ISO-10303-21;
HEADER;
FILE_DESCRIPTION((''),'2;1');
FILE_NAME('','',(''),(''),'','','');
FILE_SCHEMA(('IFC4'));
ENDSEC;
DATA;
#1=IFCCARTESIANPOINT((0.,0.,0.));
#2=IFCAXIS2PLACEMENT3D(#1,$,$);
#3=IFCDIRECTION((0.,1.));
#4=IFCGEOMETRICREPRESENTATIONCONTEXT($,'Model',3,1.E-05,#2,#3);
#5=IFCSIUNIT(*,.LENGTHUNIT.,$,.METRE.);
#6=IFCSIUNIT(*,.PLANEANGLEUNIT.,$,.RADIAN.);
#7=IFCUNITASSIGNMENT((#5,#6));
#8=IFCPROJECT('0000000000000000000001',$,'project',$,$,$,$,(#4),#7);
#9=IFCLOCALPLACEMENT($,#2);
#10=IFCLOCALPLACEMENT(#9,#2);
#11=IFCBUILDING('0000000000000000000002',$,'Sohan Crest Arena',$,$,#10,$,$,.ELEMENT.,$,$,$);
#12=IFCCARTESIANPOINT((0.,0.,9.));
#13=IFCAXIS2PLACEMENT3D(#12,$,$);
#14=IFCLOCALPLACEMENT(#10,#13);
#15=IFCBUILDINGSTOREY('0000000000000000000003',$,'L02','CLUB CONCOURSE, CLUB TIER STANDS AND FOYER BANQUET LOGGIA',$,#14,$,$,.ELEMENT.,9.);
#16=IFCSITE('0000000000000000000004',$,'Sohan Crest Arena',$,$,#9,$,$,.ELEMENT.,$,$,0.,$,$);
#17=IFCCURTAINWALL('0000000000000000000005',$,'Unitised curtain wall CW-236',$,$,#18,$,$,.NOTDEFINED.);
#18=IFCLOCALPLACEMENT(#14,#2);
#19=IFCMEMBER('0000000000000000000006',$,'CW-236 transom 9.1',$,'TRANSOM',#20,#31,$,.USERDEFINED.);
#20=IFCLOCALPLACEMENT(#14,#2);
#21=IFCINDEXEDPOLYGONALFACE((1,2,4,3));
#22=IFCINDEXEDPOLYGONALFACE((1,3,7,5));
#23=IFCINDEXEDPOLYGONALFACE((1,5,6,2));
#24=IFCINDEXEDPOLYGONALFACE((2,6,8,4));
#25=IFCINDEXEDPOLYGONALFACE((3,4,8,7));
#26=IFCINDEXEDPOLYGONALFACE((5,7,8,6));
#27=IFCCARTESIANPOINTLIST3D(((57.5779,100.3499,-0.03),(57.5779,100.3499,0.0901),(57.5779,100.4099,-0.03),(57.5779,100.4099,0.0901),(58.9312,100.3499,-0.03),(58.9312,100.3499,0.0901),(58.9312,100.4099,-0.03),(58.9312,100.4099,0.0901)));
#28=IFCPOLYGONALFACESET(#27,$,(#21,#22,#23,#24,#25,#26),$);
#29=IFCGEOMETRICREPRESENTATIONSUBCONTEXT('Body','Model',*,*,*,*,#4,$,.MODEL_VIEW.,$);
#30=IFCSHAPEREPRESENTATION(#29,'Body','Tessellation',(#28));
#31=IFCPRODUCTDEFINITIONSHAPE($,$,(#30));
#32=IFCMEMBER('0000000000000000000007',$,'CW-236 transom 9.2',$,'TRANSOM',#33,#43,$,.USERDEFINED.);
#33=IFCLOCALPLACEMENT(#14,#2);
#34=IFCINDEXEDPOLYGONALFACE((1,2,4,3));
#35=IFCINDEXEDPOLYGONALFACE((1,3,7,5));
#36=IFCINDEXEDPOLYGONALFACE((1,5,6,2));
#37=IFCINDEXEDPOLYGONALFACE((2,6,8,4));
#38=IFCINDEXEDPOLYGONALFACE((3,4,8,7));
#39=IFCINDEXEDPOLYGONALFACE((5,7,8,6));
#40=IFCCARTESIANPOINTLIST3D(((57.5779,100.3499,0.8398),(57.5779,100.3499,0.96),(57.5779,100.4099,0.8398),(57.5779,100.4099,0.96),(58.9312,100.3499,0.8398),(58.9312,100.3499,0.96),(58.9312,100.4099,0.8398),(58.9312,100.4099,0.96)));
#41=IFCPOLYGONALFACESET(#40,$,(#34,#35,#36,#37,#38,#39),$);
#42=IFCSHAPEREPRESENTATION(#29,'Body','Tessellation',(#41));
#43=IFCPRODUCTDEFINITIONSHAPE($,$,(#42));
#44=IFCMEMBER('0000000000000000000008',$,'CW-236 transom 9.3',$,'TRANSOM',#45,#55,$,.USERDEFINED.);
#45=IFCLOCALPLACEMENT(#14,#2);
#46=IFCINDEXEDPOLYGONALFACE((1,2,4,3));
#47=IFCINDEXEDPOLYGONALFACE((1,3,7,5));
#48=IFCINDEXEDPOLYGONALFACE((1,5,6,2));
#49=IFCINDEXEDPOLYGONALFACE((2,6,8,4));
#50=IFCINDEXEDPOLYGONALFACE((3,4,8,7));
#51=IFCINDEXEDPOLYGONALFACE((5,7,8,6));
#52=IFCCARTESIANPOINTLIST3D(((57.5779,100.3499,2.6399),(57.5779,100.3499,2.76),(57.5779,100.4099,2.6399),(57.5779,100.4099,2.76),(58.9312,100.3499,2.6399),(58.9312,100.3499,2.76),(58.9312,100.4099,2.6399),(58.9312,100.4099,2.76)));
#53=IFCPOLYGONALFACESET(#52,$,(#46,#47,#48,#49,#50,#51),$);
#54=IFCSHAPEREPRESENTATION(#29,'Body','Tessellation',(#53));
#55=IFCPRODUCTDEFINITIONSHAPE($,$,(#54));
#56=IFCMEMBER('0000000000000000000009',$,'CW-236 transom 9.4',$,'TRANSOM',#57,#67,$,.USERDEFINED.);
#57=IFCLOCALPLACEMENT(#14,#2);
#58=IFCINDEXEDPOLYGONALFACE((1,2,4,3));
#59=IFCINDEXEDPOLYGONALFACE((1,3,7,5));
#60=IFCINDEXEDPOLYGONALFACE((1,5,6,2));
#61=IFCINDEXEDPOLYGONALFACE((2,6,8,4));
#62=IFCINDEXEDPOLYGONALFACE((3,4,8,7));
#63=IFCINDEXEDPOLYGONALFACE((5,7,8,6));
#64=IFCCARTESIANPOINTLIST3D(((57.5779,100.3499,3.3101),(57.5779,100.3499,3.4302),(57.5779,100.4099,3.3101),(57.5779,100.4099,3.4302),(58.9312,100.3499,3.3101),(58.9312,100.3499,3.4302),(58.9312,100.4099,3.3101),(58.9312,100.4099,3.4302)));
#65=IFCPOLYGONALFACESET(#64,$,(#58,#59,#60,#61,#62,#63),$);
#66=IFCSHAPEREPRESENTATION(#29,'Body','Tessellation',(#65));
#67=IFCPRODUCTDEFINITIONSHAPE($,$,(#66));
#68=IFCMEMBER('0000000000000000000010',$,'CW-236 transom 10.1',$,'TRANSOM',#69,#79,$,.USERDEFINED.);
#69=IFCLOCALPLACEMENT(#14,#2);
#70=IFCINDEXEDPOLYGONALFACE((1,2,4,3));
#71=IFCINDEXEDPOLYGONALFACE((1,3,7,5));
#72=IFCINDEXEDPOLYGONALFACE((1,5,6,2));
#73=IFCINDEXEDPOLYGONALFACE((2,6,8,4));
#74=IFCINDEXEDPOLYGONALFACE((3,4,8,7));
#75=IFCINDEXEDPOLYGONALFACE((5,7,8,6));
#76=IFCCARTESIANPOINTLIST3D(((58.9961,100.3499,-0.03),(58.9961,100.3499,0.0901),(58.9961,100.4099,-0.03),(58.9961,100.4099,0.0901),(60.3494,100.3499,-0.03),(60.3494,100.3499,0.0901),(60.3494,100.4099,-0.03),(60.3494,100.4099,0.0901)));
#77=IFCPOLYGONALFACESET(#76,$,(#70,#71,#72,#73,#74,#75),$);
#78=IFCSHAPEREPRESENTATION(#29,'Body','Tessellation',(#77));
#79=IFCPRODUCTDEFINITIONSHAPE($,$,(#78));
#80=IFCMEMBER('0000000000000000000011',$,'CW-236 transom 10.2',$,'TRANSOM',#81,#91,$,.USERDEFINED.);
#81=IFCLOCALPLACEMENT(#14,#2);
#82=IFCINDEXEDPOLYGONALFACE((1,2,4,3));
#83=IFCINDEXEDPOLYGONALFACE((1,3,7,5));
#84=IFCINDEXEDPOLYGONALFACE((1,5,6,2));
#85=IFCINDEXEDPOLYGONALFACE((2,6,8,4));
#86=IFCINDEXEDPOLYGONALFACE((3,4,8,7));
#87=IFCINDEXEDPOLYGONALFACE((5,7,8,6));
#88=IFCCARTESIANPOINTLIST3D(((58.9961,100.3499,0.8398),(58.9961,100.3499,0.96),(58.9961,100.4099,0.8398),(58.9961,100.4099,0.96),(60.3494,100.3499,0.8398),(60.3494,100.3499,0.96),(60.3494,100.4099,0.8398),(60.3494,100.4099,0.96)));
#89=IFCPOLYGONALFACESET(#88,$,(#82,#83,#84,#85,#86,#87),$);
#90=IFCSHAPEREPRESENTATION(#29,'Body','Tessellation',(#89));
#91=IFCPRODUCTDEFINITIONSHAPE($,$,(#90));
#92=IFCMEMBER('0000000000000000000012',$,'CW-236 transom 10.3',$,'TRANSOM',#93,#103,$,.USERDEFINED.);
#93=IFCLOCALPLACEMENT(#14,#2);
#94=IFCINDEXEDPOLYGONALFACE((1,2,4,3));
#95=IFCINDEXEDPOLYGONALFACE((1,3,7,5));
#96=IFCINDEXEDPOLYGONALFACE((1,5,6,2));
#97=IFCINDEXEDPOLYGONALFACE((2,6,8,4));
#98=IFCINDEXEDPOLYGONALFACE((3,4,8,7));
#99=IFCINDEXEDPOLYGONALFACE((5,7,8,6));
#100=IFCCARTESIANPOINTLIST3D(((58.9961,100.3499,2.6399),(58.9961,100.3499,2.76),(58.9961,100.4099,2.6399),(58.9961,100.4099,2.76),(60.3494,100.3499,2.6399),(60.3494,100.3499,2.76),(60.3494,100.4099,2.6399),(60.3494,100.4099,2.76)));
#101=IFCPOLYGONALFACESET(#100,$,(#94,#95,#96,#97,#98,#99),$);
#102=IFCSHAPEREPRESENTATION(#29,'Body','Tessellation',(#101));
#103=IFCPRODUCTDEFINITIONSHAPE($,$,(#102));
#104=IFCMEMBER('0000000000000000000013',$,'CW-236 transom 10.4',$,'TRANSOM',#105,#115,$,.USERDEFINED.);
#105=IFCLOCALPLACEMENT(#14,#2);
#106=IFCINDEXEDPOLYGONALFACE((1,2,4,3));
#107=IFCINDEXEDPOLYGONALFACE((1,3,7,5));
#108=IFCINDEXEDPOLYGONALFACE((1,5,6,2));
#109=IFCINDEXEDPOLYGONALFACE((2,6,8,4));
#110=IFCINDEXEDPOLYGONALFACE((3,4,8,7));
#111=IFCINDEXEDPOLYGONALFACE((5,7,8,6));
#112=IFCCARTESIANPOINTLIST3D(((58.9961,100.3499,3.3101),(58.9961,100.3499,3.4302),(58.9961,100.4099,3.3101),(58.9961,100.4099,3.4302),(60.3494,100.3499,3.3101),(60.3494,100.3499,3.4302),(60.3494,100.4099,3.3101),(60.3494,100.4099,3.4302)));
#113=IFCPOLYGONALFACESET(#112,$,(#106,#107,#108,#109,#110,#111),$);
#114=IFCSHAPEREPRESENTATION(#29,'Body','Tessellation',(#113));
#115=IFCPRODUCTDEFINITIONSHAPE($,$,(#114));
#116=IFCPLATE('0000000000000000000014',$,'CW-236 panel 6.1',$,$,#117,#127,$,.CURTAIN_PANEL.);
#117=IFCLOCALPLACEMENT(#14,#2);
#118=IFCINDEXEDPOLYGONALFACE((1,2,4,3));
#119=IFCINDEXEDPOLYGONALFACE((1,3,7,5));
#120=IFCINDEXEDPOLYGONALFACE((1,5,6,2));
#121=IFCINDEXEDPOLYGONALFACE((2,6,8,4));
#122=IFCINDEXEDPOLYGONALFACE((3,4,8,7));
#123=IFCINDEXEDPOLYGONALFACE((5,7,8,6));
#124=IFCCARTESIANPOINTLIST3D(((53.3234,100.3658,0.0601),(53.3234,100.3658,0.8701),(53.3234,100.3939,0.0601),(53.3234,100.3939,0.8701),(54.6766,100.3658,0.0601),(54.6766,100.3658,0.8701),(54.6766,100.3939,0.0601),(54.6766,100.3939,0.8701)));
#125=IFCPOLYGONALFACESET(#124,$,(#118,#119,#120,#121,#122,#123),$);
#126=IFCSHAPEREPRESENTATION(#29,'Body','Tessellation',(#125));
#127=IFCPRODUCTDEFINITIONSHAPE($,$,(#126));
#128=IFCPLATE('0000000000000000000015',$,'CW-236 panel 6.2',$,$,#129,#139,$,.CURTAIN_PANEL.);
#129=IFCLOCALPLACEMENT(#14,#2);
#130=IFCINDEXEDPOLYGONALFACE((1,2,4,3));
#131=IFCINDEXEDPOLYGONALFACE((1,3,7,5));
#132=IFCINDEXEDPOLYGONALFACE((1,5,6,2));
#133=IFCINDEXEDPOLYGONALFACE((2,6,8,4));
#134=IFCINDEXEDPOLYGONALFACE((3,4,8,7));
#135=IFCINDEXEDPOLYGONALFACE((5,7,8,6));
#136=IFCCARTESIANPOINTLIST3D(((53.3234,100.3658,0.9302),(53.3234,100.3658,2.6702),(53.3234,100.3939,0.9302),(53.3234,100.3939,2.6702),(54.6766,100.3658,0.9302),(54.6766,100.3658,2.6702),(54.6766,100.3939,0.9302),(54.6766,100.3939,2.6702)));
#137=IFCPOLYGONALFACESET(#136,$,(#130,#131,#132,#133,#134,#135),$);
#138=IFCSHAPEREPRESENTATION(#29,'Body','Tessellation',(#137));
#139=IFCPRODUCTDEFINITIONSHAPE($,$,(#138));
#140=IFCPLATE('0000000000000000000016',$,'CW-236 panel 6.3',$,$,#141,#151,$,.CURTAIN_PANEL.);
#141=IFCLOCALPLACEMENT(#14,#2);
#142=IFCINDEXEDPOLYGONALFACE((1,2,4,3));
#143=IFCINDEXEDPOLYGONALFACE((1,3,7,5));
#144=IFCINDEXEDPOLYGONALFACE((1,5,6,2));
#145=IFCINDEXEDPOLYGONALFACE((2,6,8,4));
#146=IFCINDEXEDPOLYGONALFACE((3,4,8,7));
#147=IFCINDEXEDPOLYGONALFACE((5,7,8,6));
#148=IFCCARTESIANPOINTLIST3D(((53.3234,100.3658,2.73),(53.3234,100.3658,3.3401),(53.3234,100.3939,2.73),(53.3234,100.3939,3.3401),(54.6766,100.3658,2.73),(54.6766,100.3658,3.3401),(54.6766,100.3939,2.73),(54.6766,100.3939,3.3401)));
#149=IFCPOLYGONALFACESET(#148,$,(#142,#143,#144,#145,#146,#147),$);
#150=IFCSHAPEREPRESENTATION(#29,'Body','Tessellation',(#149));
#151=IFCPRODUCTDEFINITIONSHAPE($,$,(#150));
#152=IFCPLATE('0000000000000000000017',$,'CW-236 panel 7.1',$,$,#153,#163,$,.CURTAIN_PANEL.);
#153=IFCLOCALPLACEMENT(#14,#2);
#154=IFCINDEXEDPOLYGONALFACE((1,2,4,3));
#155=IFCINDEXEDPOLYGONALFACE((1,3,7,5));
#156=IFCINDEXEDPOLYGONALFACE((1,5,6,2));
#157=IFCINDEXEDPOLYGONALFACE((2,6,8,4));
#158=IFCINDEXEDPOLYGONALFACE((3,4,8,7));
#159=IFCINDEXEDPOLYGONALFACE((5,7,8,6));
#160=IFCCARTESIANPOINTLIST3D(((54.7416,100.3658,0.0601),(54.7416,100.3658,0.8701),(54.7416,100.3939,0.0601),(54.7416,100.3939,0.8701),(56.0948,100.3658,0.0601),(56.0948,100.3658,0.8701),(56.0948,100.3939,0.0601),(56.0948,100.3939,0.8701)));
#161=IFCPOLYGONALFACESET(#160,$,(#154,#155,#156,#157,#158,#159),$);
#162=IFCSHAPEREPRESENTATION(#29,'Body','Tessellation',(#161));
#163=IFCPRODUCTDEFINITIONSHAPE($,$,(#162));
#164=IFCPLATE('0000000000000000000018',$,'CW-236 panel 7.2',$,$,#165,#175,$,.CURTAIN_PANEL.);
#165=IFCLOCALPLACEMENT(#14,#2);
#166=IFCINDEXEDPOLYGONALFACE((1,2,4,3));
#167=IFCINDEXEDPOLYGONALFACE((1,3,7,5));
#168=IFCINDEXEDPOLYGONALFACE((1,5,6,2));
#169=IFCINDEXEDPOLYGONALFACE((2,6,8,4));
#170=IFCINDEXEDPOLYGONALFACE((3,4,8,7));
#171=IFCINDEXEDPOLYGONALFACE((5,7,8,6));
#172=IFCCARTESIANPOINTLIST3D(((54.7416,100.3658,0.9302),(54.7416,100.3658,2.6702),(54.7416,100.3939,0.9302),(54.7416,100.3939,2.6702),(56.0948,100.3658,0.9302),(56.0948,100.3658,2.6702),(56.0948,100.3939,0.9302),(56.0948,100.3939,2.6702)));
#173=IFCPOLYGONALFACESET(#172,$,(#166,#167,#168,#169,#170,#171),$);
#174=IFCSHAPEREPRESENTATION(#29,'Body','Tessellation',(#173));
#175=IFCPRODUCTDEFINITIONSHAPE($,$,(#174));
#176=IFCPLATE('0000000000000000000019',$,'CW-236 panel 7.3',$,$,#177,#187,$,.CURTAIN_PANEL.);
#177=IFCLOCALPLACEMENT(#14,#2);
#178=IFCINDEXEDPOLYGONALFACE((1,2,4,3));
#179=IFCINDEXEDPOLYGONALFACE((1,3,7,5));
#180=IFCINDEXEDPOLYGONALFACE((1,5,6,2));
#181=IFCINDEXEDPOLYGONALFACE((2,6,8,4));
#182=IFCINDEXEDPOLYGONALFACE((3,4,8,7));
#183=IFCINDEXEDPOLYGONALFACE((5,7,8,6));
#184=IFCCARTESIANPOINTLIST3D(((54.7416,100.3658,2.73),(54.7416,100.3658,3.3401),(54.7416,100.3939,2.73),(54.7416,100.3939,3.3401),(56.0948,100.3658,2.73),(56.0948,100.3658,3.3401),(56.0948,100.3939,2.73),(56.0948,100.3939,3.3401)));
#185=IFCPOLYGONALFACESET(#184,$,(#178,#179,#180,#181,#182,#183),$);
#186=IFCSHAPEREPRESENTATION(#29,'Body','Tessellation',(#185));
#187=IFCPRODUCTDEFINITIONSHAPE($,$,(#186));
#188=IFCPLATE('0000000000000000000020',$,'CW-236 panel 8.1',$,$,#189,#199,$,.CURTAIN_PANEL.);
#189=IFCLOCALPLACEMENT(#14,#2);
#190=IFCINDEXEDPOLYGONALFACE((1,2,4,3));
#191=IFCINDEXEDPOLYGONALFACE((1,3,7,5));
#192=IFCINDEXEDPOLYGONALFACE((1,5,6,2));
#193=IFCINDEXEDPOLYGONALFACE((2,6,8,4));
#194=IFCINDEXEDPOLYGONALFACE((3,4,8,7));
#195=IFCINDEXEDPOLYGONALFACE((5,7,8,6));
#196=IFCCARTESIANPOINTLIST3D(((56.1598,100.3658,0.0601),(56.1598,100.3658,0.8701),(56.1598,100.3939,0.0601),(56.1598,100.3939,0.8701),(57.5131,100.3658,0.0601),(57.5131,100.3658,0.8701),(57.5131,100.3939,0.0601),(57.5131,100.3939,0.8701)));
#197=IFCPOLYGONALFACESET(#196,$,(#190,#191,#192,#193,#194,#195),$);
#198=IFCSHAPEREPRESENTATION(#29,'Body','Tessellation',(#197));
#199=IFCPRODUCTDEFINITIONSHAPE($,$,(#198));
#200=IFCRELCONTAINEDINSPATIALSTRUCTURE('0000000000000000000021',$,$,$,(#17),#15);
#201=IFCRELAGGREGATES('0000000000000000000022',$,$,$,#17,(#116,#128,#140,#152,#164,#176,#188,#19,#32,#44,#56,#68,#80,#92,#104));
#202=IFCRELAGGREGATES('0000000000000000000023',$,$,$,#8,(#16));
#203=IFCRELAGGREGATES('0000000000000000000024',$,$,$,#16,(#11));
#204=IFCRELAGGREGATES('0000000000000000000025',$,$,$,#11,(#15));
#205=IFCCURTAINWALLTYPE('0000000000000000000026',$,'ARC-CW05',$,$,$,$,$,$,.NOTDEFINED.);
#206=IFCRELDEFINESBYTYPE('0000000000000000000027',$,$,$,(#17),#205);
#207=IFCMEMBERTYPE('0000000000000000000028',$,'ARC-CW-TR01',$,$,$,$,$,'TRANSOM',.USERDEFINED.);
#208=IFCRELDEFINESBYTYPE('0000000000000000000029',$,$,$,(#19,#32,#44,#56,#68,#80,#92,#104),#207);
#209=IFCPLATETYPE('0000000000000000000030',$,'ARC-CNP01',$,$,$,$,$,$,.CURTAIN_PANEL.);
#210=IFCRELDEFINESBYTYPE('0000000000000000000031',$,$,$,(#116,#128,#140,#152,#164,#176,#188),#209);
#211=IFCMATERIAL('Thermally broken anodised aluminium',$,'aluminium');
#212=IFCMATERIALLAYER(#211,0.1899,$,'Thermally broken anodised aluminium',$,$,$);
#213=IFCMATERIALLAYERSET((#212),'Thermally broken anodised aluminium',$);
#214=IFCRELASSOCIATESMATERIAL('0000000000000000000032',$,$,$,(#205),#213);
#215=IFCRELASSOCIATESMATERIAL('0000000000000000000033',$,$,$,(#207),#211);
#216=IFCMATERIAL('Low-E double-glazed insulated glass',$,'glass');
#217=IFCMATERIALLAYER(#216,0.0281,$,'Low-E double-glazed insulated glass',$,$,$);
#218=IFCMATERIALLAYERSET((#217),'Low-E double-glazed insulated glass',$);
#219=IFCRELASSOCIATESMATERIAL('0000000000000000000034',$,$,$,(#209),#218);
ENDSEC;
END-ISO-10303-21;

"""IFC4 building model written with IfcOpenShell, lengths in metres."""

from ifc_helpers import new_model, si_unit, direction, frame, origin, origin_2d, place, context, subcontext, project, spatial, rectangle, extrude, material, layer, layer_set, material_profile, profile_set, type_object, element, aggregate, save


model = new_model("IFC4")

# Units and contexts
model_context = context("Model", 3, precision=1e-05, world=origin(), true_north=direction((0.0, 1.0)))
body_context = subcontext(model_context, "Body", "Model", "MODEL_VIEW")
ifc_project = project(units=[si_unit("LENGTHUNIT", "METRE"), si_unit("PLANEANGLEUNIT", "RADIAN")], contexts=[model_context])

# Site, building, storey
site_placement = place(None, origin())
site = spatial("IfcSite", under=ifc_project, at=site_placement, Name="Sohan Crest Arena", CompositionType="ELEMENT", RefElevation=0.0)
building_placement = place(site_placement, origin())
building = spatial("IfcBuilding", under=site, at=building_placement, Name="Sohan Crest Arena", CompositionType="ELEMENT")
storey_placement = place(building_placement, frame((0.0, 0.0, 9.0)))
storey = spatial("IfcBuildingStorey", under=building, at=storey_placement, Name="L02", Description="CLUB CONCOURSE, CLUB TIER STANDS AND FOYER BANQUET LOGGIA", CompositionType="ELEMENT", Elevation=9.0)

# Curtain wall, members, plates
ifc_material_1 = material(Name="Thermally broken anodised aluminium", Category="aluminium")
ifc_layer_1 = layer(ifc_material_1, 0.1899, Name="Thermally broken anodised aluminium")
ifc_layer_set_1 = layer_set([ifc_layer_1], Name="Thermally broken anodised aluminium")
curtain_wall_type = type_object("IfcCurtainWallType", Name="ARC-CW05", PredefinedType="NOTDEFINED", material=ifc_layer_set_1)
curtain_wall_placement = place(storey_placement, origin())
curtain_wall = element("IfcCurtainWall", 1, at=curtain_wall_placement, inside=storey, type_object=curtain_wall_type, Name="Unitised curtain wall CW-236", PredefinedType="NOTDEFINED")
ifc_material_profile_1 = material_profile(ifc_material_1, rectangle(XDim=0.0601, YDim=0.1201, at=origin_2d()), Name="ALU-TRAN 60x120")
ifc_profile_set_1 = profile_set([ifc_material_profile_1], Name="Thermally broken anodised aluminium")
member_type_1 = type_object("IfcMemberType", Name="ARC-CW-TR01", ElementType="TRANSOM", PredefinedType="USERDEFINED", material=ifc_profile_set_1)
member_1_placement = place(storey_placement, frame((57.5779, 100.3799, 0.03), z_axis=(1.0, 0.0, 0.0), x_axis=(0.0, 1.0, 0.0)))
member_1 = element("IfcMember", 2, at=member_1_placement, type_object=member_type_1, Name="CW-236 transom 9.1", ObjectType="TRANSOM", PredefinedType="USERDEFINED", context=body_context, shape_type="SweptSolid", body=[
    extrude(rectangle(XDim=0.0601, YDim=0.1201, at=origin_2d()), origin(), (0.0, 0.0, 1.0), 1.3533),
])
member_2_placement = place(storey_placement, frame((57.5779, 100.3799, 0.8999), z_axis=(1.0, 0.0, 0.0), x_axis=(0.0, 1.0, 0.0)))
member_2 = element("IfcMember", 3, at=member_2_placement, type_object=member_type_1, Name="CW-236 transom 9.2", ObjectType="TRANSOM", PredefinedType="USERDEFINED", context=body_context, shape_type="SweptSolid", body=[
    extrude(rectangle(XDim=0.0601, YDim=0.1201, at=origin_2d()), origin(), (0.0, 0.0, 1.0), 1.3533),
])
member_3_placement = place(storey_placement, frame((57.5779, 100.3799, 2.7), z_axis=(1.0, 0.0, 0.0), x_axis=(0.0, 1.0, 0.0)))
member_3 = element("IfcMember", 4, at=member_3_placement, type_object=member_type_1, Name="CW-236 transom 9.3", ObjectType="TRANSOM", PredefinedType="USERDEFINED", context=body_context, shape_type="SweptSolid", body=[
    extrude(rectangle(XDim=0.0601, YDim=0.1201, at=origin_2d()), origin(), (0.0, 0.0, 1.0), 1.3533),
])
member_4_placement = place(storey_placement, frame((57.5779, 100.3799, 3.3701), z_axis=(1.0, 0.0, 0.0), x_axis=(0.0, 1.0, 0.0)))
member_4 = element("IfcMember", 5, at=member_4_placement, type_object=member_type_1, Name="CW-236 transom 9.4", ObjectType="TRANSOM", PredefinedType="USERDEFINED", context=body_context, shape_type="SweptSolid", body=[
    extrude(rectangle(XDim=0.0601, YDim=0.1201, at=origin_2d()), origin(), (0.0, 0.0, 1.0), 1.3533),
])
member_5_placement = place(storey_placement, frame((58.9961, 100.3799, 0.03), z_axis=(1.0, 0.0, 0.0), x_axis=(0.0, 1.0, 0.0)))
member_5 = element("IfcMember", 6, at=member_5_placement, type_object=member_type_1, Name="CW-236 transom 10.1", ObjectType="TRANSOM", PredefinedType="USERDEFINED", context=body_context, shape_type="SweptSolid", body=[
    extrude(rectangle(XDim=0.0601, YDim=0.1201, at=origin_2d()), origin(), (0.0, 0.0, 1.0), 1.3533),
])
member_6_placement = place(storey_placement, frame((58.9961, 100.3799, 0.8999), z_axis=(1.0, 0.0, 0.0), x_axis=(0.0, 1.0, 0.0)))
member_6 = element("IfcMember", 7, at=member_6_placement, type_object=member_type_1, Name="CW-236 transom 10.2", ObjectType="TRANSOM", PredefinedType="USERDEFINED", context=body_context, shape_type="SweptSolid", body=[
    extrude(rectangle(XDim=0.0601, YDim=0.1201, at=origin_2d()), origin(), (0.0, 0.0, 1.0), 1.3533),
])
member_7_placement = place(storey_placement, frame((58.9961, 100.3799, 2.7), z_axis=(1.0, 0.0, 0.0), x_axis=(0.0, 1.0, 0.0)))
member_7 = element("IfcMember", 8, at=member_7_placement, type_object=member_type_1, Name="CW-236 transom 10.3", ObjectType="TRANSOM", PredefinedType="USERDEFINED", context=body_context, shape_type="SweptSolid", body=[
    extrude(rectangle(XDim=0.0601, YDim=0.1201, at=origin_2d()), origin(), (0.0, 0.0, 1.0), 1.3533),
])
member_8_placement = place(storey_placement, frame((58.9961, 100.3799, 3.3701), z_axis=(1.0, 0.0, 0.0), x_axis=(0.0, 1.0, 0.0)))
member_8 = element("IfcMember", 9, at=member_8_placement, type_object=member_type_1, Name="CW-236 transom 10.4", ObjectType="TRANSOM", PredefinedType="USERDEFINED", context=body_context, shape_type="SweptSolid", body=[
    extrude(rectangle(XDim=0.0601, YDim=0.1201, at=origin_2d()), origin(), (0.0, 0.0, 1.0), 1.3533),
])
ifc_material_2 = material(Name="Low-E double-glazed insulated glass", Category="glass")
ifc_layer_2 = layer(ifc_material_2, 0.0281, Name="Low-E double-glazed insulated glass")
ifc_layer_set_2 = layer_set([ifc_layer_2], Name="Low-E double-glazed insulated glass")
plate_type = type_object("IfcPlateType", Name="ARC-CNP01", PredefinedType="CURTAIN_PANEL", material=ifc_layer_set_2)
plate_1_placement = place(storey_placement, frame((54.0, 100.3799, 0.0601), z_axis=(0.0, 0.0, 1.0), x_axis=(1.0, 0.0, 0.0)))
plate_1 = element("IfcPlate", 10, at=plate_1_placement, type_object=plate_type, Name="CW-236 panel 6.1", PredefinedType="CURTAIN_PANEL", context=body_context, shape_type="SweptSolid", body=[
    extrude(rectangle(XDim=1.3533, YDim=0.0281, at=origin_2d()), origin(), (0.0, 0.0, 1.0), 0.8101),
])
plate_2_placement = place(storey_placement, frame((54.0, 100.3799, 0.9302), z_axis=(0.0, 0.0, 1.0), x_axis=(1.0, 0.0, 0.0)))
plate_2 = element("IfcPlate", 11, at=plate_2_placement, type_object=plate_type, Name="CW-236 panel 6.2", PredefinedType="CURTAIN_PANEL", context=body_context, shape_type="SweptSolid", body=[
    extrude(rectangle(XDim=1.3533, YDim=0.0281, at=origin_2d()), origin(), (0.0, 0.0, 1.0), 1.74),
])
plate_3_placement = place(storey_placement, frame((54.0, 100.3799, 2.73), z_axis=(0.0, 0.0, 1.0), x_axis=(1.0, 0.0, 0.0)))
plate_3 = element("IfcPlate", 12, at=plate_3_placement, type_object=plate_type, Name="CW-236 panel 6.3", PredefinedType="CURTAIN_PANEL", context=body_context, shape_type="SweptSolid", body=[
    extrude(rectangle(XDim=1.3533, YDim=0.0281, at=origin_2d()), origin(), (0.0, 0.0, 1.0), 0.6101),
])
plate_4_placement = place(storey_placement, frame((55.4182, 100.3799, 0.0601), z_axis=(0.0, 0.0, 1.0), x_axis=(1.0, 0.0, 0.0)))
plate_4 = element("IfcPlate", 13, at=plate_4_placement, type_object=plate_type, Name="CW-236 panel 7.1", PredefinedType="CURTAIN_PANEL", context=body_context, shape_type="SweptSolid", body=[
    extrude(rectangle(XDim=1.3533, YDim=0.0281, at=origin_2d()), origin(), (0.0, 0.0, 1.0), 0.8101),
])
plate_5_placement = place(storey_placement, frame((55.4182, 100.3799, 0.9302), z_axis=(0.0, 0.0, 1.0), x_axis=(1.0, 0.0, 0.0)))
plate_5 = element("IfcPlate", 14, at=plate_5_placement, type_object=plate_type, Name="CW-236 panel 7.2", PredefinedType="CURTAIN_PANEL", context=body_context, shape_type="SweptSolid", body=[
    extrude(rectangle(XDim=1.3533, YDim=0.0281, at=origin_2d()), origin(), (0.0, 0.0, 1.0), 1.74),
])
plate_6_placement = place(storey_placement, frame((55.4182, 100.3799, 2.73), z_axis=(0.0, 0.0, 1.0), x_axis=(1.0, 0.0, 0.0)))
plate_6 = element("IfcPlate", 15, at=plate_6_placement, type_object=plate_type, Name="CW-236 panel 7.3", PredefinedType="CURTAIN_PANEL", context=body_context, shape_type="SweptSolid", body=[
    extrude(rectangle(XDim=1.3533, YDim=0.0281, at=origin_2d()), origin(), (0.0, 0.0, 1.0), 0.6101),
])
plate_7_placement = place(storey_placement, frame((56.8364, 100.3799, 0.0601), z_axis=(0.0, 0.0, 1.0), x_axis=(1.0, 0.0, 0.0)))
plate_7 = element("IfcPlate", 16, at=plate_7_placement, type_object=plate_type, Name="CW-236 panel 8.1", PredefinedType="CURTAIN_PANEL", context=body_context, shape_type="SweptSolid", body=[
    extrude(rectangle(XDim=1.3533, YDim=0.0281, at=origin_2d()), origin(), (0.0, 0.0, 1.0), 0.8101),
])
aggregate(curtain_wall, [plate_1, plate_2, plate_3, plate_4, plate_5, plate_6, plate_7, member_1, member_2, member_3, member_4, member_5, member_6, member_7, member_8])

save(model, "model.ifc")
